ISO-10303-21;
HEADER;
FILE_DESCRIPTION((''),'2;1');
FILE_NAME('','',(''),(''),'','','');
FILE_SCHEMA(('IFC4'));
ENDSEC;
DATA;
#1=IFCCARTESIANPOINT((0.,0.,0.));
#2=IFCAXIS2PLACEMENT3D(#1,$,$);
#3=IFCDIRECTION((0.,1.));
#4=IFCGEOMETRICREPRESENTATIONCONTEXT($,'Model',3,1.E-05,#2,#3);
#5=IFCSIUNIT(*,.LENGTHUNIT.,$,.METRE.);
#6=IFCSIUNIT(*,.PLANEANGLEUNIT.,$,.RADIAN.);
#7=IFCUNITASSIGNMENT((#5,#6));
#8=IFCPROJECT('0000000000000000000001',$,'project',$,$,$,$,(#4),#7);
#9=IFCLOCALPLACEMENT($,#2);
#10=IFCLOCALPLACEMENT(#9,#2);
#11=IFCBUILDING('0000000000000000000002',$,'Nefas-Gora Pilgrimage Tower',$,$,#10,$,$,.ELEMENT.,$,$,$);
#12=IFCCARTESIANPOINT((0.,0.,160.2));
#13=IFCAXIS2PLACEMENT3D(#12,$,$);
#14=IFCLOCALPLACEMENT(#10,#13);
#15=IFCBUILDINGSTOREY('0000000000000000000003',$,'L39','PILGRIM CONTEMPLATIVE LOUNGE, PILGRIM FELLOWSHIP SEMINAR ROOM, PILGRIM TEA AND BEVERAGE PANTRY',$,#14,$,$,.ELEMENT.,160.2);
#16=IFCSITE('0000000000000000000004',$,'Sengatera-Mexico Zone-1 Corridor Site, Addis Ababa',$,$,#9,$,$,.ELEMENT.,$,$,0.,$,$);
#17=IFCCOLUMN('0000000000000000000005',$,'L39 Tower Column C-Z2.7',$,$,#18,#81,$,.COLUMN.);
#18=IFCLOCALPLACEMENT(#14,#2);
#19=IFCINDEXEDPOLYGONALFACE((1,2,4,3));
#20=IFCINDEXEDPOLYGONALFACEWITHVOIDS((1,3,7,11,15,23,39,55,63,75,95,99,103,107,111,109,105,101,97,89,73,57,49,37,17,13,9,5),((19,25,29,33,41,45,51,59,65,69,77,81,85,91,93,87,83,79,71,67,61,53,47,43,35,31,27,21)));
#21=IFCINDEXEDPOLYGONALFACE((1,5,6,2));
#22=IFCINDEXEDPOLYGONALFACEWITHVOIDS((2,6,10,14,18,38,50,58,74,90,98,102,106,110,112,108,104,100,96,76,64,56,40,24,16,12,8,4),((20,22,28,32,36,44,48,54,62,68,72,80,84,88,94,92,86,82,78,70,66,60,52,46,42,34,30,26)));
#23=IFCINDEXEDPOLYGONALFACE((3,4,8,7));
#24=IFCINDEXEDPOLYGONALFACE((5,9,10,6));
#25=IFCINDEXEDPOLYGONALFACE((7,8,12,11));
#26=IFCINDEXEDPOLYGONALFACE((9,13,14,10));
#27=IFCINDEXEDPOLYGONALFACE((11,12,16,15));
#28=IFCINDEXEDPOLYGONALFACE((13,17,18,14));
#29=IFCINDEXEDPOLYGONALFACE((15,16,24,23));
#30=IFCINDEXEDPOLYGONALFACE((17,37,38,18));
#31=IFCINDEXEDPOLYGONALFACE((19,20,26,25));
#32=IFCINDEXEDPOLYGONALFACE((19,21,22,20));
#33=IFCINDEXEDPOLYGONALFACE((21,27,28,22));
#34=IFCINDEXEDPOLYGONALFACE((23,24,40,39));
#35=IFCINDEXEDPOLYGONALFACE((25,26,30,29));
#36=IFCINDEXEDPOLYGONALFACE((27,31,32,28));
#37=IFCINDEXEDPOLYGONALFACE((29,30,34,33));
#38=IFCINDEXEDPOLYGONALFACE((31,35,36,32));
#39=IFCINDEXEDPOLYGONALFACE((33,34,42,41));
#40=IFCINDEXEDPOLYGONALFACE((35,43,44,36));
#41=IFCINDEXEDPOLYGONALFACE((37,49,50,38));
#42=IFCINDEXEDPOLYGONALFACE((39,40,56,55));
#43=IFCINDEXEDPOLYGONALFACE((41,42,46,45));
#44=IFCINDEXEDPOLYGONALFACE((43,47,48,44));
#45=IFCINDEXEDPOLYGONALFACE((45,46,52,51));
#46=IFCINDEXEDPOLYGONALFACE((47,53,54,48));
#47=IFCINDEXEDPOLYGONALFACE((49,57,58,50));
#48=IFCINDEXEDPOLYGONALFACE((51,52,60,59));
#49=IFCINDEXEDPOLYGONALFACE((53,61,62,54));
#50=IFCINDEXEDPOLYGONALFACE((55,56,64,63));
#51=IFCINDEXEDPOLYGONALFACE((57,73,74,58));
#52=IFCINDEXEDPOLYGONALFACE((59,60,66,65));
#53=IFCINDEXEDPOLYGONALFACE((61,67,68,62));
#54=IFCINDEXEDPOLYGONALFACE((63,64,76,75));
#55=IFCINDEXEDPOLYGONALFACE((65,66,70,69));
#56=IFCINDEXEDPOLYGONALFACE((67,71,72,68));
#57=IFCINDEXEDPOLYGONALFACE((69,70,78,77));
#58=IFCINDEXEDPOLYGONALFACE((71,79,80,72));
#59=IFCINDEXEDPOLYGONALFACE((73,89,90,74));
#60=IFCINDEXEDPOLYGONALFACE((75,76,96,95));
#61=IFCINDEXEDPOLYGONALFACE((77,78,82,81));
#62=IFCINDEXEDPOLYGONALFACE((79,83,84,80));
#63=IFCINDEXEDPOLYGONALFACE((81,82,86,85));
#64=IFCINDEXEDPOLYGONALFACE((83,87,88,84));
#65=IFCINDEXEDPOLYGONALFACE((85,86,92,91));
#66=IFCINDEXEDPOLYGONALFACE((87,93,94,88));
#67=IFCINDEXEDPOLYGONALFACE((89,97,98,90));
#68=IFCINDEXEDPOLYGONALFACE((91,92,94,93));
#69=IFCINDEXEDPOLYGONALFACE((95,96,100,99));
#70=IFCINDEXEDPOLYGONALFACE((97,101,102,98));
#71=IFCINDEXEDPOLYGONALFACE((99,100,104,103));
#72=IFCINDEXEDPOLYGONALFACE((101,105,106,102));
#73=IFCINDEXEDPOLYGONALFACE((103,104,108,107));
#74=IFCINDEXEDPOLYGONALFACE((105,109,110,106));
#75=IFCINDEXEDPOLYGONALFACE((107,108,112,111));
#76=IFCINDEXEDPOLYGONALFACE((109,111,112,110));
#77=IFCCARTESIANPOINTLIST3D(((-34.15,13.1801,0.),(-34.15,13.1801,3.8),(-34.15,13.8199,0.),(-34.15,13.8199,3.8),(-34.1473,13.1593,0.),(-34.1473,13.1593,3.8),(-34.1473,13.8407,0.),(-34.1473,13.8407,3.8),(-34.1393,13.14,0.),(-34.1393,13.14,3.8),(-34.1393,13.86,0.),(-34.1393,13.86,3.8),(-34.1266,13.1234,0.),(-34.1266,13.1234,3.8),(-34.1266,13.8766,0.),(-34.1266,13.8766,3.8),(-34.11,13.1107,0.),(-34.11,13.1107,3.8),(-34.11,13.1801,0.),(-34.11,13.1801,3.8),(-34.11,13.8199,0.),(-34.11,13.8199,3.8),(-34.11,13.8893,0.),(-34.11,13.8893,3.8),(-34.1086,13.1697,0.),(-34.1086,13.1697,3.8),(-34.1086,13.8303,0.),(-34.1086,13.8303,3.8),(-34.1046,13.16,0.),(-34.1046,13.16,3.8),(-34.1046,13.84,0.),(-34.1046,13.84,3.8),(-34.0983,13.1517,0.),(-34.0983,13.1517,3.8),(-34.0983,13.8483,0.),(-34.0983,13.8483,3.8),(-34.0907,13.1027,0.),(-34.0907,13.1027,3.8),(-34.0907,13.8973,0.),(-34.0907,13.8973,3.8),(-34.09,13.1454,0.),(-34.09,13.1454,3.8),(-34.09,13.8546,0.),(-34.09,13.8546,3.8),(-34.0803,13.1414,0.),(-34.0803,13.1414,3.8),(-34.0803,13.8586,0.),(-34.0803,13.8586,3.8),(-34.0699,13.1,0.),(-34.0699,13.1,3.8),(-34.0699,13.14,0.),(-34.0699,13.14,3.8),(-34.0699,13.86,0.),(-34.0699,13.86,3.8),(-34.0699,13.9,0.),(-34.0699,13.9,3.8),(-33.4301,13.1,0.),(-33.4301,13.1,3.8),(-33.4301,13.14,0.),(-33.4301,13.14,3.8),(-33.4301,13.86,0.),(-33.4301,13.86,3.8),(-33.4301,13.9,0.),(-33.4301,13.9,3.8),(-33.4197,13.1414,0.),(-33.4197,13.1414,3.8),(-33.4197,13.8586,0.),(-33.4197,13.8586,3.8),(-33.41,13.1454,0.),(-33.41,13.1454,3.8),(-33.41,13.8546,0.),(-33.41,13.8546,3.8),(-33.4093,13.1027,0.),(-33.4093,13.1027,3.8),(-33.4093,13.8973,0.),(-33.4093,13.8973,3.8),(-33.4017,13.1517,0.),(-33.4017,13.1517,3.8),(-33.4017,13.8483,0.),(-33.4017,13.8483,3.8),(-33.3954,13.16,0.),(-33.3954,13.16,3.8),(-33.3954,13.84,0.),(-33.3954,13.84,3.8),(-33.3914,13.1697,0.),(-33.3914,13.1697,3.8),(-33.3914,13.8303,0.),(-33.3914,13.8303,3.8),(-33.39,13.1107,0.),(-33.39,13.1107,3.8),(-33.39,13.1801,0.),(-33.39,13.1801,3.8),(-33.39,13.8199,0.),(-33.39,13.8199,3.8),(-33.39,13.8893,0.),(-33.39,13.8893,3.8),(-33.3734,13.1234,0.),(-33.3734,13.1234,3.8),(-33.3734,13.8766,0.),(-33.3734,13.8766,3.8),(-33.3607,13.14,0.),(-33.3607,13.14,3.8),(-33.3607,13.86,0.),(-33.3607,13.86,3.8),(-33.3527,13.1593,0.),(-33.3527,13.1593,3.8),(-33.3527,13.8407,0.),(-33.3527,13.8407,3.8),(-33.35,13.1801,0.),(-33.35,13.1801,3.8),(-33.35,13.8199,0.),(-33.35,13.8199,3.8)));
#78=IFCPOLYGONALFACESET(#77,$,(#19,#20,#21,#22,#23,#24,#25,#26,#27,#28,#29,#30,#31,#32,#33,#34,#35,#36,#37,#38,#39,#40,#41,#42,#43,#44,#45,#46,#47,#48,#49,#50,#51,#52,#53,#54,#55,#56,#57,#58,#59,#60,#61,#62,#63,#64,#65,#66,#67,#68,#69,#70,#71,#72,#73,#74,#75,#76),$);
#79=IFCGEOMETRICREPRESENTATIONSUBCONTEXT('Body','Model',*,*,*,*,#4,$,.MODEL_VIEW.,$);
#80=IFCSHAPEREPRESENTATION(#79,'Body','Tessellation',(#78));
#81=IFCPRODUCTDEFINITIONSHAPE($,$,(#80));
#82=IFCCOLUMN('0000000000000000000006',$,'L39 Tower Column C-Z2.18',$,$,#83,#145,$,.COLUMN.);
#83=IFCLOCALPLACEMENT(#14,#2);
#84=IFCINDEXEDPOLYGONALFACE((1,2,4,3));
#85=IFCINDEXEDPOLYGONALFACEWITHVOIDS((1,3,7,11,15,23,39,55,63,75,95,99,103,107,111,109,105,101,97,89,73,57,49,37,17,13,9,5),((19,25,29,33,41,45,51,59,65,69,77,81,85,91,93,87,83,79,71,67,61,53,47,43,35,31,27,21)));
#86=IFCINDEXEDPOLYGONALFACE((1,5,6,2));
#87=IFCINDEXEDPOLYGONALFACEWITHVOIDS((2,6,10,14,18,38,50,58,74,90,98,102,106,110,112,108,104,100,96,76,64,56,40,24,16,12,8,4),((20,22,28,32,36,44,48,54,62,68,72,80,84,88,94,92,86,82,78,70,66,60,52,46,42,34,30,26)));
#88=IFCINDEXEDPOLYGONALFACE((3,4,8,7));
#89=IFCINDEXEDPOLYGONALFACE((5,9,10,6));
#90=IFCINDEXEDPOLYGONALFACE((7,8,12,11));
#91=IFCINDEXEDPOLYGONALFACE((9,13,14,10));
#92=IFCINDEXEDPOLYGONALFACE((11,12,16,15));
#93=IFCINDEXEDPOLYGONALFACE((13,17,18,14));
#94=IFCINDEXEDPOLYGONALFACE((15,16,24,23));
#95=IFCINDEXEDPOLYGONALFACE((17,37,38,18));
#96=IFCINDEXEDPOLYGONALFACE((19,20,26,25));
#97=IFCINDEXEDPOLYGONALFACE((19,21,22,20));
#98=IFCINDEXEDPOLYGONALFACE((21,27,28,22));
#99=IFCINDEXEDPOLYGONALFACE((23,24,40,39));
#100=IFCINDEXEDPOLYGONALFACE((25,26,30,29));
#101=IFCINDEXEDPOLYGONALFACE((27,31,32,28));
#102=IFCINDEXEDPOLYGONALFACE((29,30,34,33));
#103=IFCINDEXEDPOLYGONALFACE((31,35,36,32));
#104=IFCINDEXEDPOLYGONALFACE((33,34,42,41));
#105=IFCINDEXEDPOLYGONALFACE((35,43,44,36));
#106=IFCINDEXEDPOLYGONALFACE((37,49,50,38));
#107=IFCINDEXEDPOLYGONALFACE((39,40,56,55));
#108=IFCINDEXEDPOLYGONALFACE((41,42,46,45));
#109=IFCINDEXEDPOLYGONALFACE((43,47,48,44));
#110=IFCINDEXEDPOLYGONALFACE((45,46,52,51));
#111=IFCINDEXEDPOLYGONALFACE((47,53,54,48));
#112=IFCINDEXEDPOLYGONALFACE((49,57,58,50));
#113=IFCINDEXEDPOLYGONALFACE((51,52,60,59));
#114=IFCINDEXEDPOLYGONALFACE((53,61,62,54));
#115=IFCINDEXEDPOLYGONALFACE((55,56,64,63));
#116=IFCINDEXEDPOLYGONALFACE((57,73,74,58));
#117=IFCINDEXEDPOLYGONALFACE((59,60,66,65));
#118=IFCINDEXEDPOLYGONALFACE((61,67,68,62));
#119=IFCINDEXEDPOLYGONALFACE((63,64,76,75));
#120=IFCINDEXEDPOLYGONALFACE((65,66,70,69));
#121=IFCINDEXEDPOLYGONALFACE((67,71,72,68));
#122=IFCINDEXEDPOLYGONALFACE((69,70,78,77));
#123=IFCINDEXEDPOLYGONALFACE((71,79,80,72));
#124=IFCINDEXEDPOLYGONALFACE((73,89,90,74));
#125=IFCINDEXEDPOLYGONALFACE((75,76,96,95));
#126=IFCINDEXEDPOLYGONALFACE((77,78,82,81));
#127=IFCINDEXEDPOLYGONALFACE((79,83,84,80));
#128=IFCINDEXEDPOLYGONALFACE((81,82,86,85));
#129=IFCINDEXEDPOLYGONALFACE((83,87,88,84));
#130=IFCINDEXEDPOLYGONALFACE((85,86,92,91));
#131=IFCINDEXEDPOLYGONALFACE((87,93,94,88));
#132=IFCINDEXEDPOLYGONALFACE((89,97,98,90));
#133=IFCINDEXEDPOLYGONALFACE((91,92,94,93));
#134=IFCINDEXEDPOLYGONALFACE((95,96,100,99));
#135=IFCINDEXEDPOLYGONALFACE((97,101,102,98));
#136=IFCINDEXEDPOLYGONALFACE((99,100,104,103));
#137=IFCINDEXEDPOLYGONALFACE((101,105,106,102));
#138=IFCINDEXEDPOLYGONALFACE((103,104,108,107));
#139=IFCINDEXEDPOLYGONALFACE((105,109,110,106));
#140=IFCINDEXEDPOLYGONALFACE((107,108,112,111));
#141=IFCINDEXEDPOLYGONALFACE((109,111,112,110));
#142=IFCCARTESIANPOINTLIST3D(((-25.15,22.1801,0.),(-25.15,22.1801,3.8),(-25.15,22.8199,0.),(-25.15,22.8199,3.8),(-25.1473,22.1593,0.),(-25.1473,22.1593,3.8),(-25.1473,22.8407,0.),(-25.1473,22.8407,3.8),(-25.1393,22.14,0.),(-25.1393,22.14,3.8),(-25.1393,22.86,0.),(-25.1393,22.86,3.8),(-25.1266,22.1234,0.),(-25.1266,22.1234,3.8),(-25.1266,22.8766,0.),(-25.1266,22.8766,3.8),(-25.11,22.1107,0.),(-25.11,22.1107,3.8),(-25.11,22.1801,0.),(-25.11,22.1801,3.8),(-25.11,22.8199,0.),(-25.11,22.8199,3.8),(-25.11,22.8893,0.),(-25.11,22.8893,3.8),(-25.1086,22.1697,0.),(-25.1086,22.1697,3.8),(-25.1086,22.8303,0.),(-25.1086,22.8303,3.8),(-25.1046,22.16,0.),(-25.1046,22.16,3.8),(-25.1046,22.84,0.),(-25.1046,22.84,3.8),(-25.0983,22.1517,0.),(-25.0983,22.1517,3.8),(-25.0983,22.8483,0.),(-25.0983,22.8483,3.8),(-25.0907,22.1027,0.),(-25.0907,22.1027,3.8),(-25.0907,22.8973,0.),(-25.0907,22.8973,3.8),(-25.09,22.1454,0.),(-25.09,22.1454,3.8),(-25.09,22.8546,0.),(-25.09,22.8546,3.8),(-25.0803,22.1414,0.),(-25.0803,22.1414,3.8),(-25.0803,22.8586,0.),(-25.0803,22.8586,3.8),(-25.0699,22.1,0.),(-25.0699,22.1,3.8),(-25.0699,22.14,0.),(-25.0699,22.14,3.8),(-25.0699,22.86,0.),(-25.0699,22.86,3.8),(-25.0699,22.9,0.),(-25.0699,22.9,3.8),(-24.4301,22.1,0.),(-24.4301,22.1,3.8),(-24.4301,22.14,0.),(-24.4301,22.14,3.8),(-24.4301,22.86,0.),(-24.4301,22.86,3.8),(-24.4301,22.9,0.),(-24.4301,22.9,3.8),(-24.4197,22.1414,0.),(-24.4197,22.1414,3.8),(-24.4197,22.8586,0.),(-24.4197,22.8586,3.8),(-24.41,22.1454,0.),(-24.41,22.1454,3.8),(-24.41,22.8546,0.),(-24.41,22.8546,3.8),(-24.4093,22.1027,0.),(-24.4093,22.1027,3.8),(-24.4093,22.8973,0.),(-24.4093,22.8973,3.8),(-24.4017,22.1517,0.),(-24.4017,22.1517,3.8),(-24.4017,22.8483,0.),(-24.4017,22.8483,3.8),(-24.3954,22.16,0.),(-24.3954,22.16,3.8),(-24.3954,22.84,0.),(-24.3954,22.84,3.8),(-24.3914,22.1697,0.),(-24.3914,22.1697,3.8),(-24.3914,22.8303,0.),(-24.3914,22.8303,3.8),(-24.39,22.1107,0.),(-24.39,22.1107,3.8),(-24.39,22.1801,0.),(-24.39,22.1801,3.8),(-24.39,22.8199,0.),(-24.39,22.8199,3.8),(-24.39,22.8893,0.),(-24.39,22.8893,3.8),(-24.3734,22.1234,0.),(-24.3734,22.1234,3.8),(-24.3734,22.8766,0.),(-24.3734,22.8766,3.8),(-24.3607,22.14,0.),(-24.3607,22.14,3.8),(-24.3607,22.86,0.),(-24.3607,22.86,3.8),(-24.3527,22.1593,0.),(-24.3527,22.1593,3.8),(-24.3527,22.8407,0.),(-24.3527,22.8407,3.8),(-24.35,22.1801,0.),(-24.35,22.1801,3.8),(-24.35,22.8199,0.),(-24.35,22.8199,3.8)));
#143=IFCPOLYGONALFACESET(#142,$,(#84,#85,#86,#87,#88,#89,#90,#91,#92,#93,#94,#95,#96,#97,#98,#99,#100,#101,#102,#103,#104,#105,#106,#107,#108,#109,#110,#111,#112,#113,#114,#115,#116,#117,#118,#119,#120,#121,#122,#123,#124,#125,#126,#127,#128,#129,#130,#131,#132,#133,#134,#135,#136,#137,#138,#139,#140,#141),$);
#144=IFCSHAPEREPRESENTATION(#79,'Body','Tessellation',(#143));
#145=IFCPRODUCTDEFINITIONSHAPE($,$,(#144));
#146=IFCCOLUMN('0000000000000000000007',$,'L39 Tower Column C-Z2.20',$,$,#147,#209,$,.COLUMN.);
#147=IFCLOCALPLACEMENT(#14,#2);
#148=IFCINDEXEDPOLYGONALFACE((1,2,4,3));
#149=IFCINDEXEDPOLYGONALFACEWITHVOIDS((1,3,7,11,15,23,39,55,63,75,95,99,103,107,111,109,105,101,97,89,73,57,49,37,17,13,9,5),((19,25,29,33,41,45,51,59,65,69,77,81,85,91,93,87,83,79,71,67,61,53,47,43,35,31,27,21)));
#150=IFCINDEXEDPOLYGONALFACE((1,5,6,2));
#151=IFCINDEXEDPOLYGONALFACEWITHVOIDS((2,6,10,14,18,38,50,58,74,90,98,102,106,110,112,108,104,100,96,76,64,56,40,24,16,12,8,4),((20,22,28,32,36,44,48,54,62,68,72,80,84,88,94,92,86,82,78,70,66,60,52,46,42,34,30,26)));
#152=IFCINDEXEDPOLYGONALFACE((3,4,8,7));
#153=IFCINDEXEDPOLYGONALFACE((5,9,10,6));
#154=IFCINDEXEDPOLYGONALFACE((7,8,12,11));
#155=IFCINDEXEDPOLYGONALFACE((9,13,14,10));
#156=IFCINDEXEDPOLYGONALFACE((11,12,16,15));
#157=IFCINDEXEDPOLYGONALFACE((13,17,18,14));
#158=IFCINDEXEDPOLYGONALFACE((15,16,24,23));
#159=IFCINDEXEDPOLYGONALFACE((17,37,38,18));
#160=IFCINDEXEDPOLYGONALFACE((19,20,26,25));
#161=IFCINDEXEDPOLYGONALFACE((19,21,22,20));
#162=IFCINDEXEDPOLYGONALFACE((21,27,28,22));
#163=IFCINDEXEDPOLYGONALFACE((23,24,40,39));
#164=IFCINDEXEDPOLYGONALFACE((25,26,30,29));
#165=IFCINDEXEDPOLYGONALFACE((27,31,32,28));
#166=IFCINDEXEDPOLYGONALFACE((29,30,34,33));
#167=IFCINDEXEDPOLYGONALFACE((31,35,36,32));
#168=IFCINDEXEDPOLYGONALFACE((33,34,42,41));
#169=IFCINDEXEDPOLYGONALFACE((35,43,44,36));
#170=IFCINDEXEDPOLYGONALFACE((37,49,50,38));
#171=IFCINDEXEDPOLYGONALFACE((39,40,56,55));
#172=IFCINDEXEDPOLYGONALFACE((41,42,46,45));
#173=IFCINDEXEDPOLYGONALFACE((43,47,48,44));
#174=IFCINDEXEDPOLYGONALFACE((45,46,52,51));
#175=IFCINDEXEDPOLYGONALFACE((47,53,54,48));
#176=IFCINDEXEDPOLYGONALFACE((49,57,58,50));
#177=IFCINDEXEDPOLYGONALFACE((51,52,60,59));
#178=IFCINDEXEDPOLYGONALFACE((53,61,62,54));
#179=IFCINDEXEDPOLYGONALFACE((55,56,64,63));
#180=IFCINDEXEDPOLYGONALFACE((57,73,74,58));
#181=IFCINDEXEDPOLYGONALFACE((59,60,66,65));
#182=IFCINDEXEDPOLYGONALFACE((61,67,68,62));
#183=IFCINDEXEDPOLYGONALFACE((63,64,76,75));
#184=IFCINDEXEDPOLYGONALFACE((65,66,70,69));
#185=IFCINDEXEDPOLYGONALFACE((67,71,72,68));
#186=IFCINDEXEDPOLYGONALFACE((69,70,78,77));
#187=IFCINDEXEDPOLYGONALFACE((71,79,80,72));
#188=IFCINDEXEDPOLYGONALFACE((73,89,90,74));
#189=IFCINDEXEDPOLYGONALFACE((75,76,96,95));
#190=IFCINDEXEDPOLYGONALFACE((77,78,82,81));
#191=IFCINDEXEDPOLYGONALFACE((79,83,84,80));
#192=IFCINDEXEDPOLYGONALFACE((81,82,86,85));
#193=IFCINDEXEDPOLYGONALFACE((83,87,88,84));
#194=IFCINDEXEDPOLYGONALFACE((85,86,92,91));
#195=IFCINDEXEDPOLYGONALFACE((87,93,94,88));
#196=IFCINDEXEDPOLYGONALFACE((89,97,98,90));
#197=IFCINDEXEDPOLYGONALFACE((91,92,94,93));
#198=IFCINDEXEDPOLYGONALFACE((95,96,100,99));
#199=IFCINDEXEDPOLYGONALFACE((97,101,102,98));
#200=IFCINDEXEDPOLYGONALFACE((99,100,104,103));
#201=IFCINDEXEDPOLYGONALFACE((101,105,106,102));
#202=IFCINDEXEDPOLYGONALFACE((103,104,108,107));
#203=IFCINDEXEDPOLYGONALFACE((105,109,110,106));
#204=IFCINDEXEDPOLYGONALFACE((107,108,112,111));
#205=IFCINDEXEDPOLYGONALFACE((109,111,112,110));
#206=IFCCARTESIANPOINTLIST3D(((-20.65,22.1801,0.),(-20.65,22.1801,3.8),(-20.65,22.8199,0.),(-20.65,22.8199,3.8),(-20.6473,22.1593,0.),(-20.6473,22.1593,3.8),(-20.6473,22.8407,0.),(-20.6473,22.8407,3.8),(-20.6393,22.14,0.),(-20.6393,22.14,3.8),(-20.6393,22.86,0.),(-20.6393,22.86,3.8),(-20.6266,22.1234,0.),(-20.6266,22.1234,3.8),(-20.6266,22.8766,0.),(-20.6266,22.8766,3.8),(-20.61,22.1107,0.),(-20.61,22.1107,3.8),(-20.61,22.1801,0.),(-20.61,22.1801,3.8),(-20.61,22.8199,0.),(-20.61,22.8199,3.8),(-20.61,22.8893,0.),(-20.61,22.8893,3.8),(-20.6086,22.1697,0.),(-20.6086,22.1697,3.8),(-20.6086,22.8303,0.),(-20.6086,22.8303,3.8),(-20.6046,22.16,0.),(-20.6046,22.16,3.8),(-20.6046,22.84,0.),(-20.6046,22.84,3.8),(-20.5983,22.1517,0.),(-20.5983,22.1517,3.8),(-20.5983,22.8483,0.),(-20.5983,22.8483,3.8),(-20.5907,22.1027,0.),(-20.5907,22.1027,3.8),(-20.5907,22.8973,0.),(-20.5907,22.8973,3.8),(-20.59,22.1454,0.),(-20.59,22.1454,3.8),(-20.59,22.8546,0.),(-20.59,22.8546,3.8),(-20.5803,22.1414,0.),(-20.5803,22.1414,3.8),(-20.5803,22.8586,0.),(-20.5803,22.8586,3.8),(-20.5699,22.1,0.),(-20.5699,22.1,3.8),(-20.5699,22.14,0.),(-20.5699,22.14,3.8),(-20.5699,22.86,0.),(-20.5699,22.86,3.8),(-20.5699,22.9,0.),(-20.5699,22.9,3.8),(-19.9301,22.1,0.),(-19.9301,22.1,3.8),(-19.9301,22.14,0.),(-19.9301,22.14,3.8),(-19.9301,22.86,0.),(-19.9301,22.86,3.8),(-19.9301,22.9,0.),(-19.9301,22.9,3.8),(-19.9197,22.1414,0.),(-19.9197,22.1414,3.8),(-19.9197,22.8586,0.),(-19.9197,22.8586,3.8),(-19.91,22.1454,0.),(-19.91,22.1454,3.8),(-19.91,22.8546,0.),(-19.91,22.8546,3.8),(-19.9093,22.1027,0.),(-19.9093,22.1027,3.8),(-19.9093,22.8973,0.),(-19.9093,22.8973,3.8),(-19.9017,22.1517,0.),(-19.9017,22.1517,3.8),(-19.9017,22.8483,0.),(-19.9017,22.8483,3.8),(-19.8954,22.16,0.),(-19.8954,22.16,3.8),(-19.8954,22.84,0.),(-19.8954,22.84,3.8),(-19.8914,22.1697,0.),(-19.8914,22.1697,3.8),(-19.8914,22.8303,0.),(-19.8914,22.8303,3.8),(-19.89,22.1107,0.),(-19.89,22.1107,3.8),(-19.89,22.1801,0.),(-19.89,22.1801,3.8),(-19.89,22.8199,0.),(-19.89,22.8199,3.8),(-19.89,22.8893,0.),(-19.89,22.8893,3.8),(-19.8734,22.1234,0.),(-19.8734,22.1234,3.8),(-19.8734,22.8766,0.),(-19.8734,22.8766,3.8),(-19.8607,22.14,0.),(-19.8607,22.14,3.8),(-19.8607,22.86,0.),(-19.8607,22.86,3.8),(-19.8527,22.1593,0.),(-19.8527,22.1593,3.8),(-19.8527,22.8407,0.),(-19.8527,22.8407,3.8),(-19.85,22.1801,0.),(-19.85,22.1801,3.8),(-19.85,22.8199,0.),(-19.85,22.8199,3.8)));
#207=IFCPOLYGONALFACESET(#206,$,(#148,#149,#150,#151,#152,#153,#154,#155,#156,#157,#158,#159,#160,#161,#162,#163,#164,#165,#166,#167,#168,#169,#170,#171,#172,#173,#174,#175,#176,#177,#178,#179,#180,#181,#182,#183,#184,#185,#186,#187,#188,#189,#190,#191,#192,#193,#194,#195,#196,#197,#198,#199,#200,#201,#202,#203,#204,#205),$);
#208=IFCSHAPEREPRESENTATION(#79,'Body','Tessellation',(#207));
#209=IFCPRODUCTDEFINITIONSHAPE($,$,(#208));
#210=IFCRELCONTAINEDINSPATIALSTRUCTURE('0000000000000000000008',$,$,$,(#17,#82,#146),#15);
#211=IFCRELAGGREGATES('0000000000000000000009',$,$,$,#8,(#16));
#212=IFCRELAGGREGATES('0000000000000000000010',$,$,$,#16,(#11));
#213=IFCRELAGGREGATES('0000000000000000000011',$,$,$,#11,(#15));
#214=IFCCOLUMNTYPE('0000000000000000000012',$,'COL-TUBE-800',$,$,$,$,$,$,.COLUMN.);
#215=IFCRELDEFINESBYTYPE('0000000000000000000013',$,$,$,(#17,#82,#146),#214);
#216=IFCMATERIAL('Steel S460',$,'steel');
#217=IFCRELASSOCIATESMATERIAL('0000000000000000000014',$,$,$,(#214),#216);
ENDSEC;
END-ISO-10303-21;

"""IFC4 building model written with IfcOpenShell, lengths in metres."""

from ifc_helpers import new_model, si_unit, direction, frame, origin, origin_2d, place, context, subcontext, project, spatial, hollow_rectangle, extrude, source, transform, mapped, material, material_profile, profile_set, type_object, element, save


model = new_model("IFC4")

# Units and contexts
model_context = context("Model", 3, precision=1e-05, world=origin(), true_north=direction((0.0, 1.0)))
body_context = subcontext(model_context, "Body", "Model", "MODEL_VIEW")
ifc_project = project(units=[si_unit("LENGTHUNIT", "METRE"), si_unit("PLANEANGLEUNIT", "RADIAN")], contexts=[model_context])

# Site, building, storey
site_placement = place(None, origin())
site = spatial("IfcSite", under=ifc_project, at=site_placement, Name="Sengatera-Mexico Zone-1 Corridor Site, Addis Ababa", CompositionType="ELEMENT", RefElevation=0.0)
building_placement = place(site_placement, origin())
building = spatial("IfcBuilding", under=site, at=building_placement, Name="Nefas-Gora Pilgrimage Tower", CompositionType="ELEMENT")
storey_placement = place(building_placement, frame((0.0, 0.0, 160.2)))
storey = spatial("IfcBuildingStorey", under=building, at=storey_placement, Name="L39", Description="PILGRIM CONTEMPLATIVE LOUNGE, PILGRIM FELLOWSHIP SEMINAR ROOM, PILGRIM TEA AND BEVERAGE PANTRY", CompositionType="ELEMENT", Elevation=160.2)

# Columns
ifc_material_1 = material(Name="Steel S460", Category="steel")
ifc_material_profile_1 = material_profile(ifc_material_1, hollow_rectangle(XDim=0.8, YDim=0.8, WallThickness=0.04, InnerFilletRadius=0.04, OuterFilletRadius=0.0801, at=origin_2d()), Name="BOX 800x800x40")
ifc_profile_set_1 = profile_set([ifc_material_profile_1], Name="Steel S460")
column_type_1 = type_object("IfcColumnType", Name="COL-TUBE-800", PredefinedType="COLUMN", material=ifc_profile_set_1)
shared_shape_1 = source(origin(), body_context, "Body", "SweptSolid", [
    extrude(hollow_rectangle(XDim=0.8, YDim=0.8, WallThickness=0.04, InnerFilletRadius=0.04, OuterFilletRadius=0.0801, at=origin_2d()), origin(), (0.0, 0.0, 1.0), 3.8),
])
for number, where, z_axis, x_axis, name in (
    (1, (-33.75, 13.5, 0.0), (0.0, 0.0, 1.0), (1.0, 0.0, 0.0), "L39 Tower Column C-Z2.7"),
    (2, (-24.75, 22.5, 0.0), (0.0, 0.0, 1.0), (1.0, 0.0, 0.0), "L39 Tower Column C-Z2.18"),
    (3, (-20.25, 22.5, 0.0), (0.0, 0.0, 1.0), (1.0, 0.0, 0.0), "L39 Tower Column C-Z2.20"),
):
    element("IfcColumn", number, at=place(storey_placement, frame(where, z_axis=z_axis, x_axis=x_axis)), inside=storey, type_object=column_type_1, Name=name, PredefinedType="COLUMN", context=body_context, shape_type="MappedRepresentation", body=[
        mapped(shared_shape_1, transform((0.0, 0.0, 0.0), x_axis=(1.0, 0.0, 0.0), y_axis=(0.0, 1.0, 0.0), z_axis=(0.0, 0.0, 1.0), scale=1.0)),
    ])

save(model, "model.ifc")
